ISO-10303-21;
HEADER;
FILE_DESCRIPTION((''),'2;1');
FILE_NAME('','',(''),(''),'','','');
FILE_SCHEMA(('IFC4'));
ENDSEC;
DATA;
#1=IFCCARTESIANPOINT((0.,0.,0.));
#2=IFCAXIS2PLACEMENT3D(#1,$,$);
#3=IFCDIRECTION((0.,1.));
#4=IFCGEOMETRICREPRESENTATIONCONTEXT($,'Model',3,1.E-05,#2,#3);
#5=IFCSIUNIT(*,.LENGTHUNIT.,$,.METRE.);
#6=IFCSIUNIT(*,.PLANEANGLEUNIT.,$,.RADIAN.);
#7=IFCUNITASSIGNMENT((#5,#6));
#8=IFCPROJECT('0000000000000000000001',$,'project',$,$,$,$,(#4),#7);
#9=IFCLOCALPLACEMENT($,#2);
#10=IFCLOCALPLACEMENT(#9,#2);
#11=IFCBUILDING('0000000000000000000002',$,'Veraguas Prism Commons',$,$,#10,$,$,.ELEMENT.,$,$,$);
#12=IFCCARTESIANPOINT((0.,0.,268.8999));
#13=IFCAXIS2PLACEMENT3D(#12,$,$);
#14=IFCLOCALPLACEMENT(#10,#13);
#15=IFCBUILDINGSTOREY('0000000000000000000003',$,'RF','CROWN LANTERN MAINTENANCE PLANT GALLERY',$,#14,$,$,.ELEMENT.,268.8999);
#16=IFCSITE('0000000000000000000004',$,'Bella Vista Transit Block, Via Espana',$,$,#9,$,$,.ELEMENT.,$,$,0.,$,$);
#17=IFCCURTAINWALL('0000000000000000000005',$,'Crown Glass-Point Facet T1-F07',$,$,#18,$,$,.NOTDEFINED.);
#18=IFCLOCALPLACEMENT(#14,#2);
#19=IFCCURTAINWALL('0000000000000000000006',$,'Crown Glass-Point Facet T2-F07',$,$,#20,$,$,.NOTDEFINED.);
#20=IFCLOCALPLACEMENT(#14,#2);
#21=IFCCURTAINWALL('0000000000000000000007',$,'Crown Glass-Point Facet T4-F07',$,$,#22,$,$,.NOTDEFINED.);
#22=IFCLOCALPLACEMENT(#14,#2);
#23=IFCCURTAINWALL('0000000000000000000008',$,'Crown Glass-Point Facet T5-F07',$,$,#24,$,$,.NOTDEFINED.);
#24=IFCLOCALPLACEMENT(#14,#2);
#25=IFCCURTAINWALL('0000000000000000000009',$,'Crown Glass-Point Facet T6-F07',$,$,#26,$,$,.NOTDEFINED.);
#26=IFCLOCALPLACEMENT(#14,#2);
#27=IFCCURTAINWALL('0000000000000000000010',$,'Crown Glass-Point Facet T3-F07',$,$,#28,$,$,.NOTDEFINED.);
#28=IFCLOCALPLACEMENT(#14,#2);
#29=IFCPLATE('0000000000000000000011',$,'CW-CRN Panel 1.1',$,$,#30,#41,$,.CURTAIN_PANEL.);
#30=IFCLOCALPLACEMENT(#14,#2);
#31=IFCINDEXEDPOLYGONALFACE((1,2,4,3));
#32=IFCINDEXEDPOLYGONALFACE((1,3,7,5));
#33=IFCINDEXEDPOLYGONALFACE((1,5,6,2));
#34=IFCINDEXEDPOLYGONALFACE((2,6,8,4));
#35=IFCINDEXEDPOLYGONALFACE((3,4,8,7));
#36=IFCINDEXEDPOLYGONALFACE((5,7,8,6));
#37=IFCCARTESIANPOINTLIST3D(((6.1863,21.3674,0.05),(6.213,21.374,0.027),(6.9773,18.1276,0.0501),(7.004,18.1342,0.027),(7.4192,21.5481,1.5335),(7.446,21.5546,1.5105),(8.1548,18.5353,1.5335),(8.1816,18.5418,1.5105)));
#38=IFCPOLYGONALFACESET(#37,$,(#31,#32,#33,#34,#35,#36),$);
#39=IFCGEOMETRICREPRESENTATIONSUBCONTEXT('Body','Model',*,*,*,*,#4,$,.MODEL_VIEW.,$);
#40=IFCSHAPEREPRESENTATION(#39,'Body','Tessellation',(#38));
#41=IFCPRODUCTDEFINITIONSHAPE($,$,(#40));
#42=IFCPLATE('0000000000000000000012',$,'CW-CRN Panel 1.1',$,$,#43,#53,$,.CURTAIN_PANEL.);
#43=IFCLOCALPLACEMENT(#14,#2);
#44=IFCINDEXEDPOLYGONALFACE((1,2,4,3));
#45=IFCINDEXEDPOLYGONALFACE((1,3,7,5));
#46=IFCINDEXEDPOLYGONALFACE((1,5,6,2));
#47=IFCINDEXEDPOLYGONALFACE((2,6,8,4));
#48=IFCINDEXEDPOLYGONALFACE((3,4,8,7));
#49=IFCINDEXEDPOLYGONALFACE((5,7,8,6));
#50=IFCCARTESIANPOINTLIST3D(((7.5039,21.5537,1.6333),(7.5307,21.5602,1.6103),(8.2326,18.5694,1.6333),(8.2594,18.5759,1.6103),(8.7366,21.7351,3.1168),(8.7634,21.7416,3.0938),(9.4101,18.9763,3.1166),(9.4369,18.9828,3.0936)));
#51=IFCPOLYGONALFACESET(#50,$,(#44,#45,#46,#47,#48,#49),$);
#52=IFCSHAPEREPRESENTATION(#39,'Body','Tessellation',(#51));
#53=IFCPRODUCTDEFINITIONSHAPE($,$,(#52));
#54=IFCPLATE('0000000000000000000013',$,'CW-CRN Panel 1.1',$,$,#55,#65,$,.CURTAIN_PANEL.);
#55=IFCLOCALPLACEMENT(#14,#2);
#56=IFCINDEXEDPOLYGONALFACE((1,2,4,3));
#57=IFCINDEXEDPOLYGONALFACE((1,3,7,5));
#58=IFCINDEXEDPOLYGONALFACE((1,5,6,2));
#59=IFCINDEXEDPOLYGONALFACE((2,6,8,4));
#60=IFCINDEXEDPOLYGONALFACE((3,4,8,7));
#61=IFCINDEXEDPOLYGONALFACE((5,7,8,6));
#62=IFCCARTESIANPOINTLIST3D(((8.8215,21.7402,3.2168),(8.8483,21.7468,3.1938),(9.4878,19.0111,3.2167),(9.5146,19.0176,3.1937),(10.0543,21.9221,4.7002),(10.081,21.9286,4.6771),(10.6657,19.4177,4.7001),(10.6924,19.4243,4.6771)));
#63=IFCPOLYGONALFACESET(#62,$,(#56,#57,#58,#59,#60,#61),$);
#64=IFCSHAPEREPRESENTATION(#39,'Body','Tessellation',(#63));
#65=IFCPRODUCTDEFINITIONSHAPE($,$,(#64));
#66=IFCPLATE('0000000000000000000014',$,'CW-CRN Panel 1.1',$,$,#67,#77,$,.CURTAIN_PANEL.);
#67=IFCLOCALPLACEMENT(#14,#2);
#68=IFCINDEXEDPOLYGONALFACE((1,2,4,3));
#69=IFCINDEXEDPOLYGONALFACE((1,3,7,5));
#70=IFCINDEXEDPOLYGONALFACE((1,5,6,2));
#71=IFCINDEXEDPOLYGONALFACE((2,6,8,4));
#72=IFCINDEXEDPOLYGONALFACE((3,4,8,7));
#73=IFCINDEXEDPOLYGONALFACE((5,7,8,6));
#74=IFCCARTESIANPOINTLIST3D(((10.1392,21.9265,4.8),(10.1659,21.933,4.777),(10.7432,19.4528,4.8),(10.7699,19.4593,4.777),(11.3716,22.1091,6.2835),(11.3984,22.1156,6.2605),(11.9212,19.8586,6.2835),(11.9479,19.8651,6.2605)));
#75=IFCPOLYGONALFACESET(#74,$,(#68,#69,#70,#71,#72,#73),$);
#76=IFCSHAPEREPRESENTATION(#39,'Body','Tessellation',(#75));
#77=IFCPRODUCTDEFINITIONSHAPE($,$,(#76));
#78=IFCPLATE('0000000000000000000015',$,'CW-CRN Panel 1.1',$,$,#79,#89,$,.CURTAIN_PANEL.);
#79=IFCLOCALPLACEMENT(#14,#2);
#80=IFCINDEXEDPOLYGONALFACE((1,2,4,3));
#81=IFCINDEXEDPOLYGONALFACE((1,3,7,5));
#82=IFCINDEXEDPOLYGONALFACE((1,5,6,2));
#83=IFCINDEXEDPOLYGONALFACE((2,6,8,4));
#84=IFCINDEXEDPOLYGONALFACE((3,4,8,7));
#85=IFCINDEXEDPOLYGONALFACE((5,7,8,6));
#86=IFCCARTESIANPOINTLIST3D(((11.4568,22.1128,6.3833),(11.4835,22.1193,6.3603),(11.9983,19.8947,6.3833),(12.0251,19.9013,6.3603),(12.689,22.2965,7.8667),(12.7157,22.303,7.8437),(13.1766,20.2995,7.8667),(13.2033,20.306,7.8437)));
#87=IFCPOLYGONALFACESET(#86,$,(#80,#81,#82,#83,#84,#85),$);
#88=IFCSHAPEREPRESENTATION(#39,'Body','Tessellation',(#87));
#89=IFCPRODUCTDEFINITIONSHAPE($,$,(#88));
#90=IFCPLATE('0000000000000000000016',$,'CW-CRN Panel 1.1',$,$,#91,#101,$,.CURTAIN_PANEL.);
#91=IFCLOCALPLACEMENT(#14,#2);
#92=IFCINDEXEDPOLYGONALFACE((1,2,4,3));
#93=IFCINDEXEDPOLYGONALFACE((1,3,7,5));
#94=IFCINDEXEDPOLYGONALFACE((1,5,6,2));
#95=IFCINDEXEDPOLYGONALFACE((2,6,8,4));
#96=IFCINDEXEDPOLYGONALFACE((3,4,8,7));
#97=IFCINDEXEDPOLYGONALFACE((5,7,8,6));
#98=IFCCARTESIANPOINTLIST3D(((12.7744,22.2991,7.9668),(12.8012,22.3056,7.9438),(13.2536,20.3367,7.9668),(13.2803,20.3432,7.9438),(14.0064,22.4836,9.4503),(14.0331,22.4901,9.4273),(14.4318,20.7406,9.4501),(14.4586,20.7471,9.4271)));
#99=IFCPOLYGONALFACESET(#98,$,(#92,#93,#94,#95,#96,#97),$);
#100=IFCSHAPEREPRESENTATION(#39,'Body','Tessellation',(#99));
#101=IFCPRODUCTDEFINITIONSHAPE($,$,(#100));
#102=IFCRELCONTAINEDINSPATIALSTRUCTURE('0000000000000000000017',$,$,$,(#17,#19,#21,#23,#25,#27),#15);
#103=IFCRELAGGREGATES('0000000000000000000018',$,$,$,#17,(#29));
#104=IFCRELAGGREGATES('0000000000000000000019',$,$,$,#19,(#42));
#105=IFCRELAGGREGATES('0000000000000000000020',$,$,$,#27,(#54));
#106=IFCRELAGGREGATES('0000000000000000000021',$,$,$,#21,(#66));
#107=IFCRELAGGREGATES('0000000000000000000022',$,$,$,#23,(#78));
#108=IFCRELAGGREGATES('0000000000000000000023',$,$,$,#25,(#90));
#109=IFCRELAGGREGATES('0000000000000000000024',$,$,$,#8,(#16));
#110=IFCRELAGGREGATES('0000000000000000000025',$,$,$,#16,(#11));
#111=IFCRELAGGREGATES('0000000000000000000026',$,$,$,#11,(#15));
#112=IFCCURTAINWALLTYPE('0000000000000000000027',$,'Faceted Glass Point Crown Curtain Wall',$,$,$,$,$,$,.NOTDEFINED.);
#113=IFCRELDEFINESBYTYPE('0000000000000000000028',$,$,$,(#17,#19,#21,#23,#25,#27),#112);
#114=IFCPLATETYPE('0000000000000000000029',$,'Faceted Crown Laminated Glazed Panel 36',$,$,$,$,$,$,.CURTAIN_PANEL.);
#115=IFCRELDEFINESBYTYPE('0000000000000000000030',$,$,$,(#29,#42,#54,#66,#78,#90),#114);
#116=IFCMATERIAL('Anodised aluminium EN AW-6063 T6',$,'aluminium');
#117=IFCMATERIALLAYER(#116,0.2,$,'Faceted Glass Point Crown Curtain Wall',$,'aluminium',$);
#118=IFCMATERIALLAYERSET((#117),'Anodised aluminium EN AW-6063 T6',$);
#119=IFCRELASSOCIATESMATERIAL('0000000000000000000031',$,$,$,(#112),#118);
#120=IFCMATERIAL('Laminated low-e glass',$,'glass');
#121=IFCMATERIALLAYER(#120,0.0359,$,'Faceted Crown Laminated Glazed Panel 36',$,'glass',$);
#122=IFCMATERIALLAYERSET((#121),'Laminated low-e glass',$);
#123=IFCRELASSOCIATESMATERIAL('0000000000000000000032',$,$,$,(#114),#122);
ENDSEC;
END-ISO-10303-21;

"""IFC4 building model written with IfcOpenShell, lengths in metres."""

from ifc_helpers import new_model, si_unit, direction, frame, origin, place, context, subcontext, project, spatial, polyline, outline, extrude, material, layer, layer_set, type_object, element, aggregate, save


model = new_model("IFC4")

# Units and contexts
model_context = context("Model", 3, precision=1e-05, world=origin(), true_north=direction((0.0, 1.0)))
body_context = subcontext(model_context, "Body", "Model", "MODEL_VIEW")
ifc_project = project(units=[si_unit("LENGTHUNIT", "METRE"), si_unit("PLANEANGLEUNIT", "RADIAN")], contexts=[model_context])

# Site, building, storey
site_placement = place(None, origin())
site = spatial("IfcSite", under=ifc_project, at=site_placement, Name="Bella Vista Transit Block, Via Espana", CompositionType="ELEMENT", RefElevation=0.0)
building_placement = place(site_placement, origin())
building = spatial("IfcBuilding", under=site, at=building_placement, Name="Veraguas Prism Commons", CompositionType="ELEMENT")
storey_placement = place(building_placement, frame((0.0, 0.0, 268.8999)))
storey = spatial("IfcBuildingStorey", under=building, at=storey_placement, Name="RF", Description="CROWN LANTERN MAINTENANCE PLANT GALLERY", CompositionType="ELEMENT", Elevation=268.8999)

# Curtain walls
ifc_material_1 = material(Name="Anodised aluminium EN AW-6063 T6", Category="aluminium")
ifc_layer_1 = layer(ifc_material_1, 0.2, Name="Faceted Glass Point Crown Curtain Wall", Category="aluminium")
ifc_layer_set_1 = layer_set([ifc_layer_1], Name="Anodised aluminium EN AW-6063 T6")
curtain_wall_type = type_object("IfcCurtainWallType", Name="Faceted Glass Point Crown Curtain Wall", PredefinedType="NOTDEFINED", material=ifc_layer_set_1)
curtain_wall_1_placement = place(storey_placement, origin())
curtain_wall_1 = element("IfcCurtainWall", 1, at=curtain_wall_1_placement, inside=storey, type_object=curtain_wall_type, Name="Crown Glass-Point Facet T1-F07", PredefinedType="NOTDEFINED")
curtain_wall_2_placement = place(storey_placement, origin())
curtain_wall_2 = element("IfcCurtainWall", 2, at=curtain_wall_2_placement, inside=storey, type_object=curtain_wall_type, Name="Crown Glass-Point Facet T2-F07", PredefinedType="NOTDEFINED")
curtain_wall_3_placement = place(storey_placement, origin())
curtain_wall_3 = element("IfcCurtainWall", 3, at=curtain_wall_3_placement, inside=storey, type_object=curtain_wall_type, Name="Crown Glass-Point Facet T4-F07", PredefinedType="NOTDEFINED")
curtain_wall_4_placement = place(storey_placement, origin())
curtain_wall_4 = element("IfcCurtainWall", 4, at=curtain_wall_4_placement, inside=storey, type_object=curtain_wall_type, Name="Crown Glass-Point Facet T5-F07", PredefinedType="NOTDEFINED")
curtain_wall_5_placement = place(storey_placement, origin())
curtain_wall_5 = element("IfcCurtainWall", 5, at=curtain_wall_5_placement, inside=storey, type_object=curtain_wall_type, Name="Crown Glass-Point Facet T6-F07", PredefinedType="NOTDEFINED")

# Curtain wall
curtain_wall_6_placement = place(storey_placement, origin())
curtain_wall_6 = element("IfcCurtainWall", 6, at=curtain_wall_6_placement, inside=storey, type_object=curtain_wall_type, Name="Crown Glass-Point Facet T3-F07", PredefinedType="NOTDEFINED")

# Plates
ifc_material_2 = material(Name="Laminated low-e glass", Category="glass")
ifc_layer_2 = layer(ifc_material_2, 0.0359, Name="Faceted Crown Laminated Glazed Panel 36", Category="glass")
ifc_layer_set_2 = layer_set([ifc_layer_2], Name="Laminated low-e glass")
plate_type = type_object("IfcPlateType", Name="Faceted Crown Laminated Glazed Panel 36", PredefinedType="CURTAIN_PANEL", material=ifc_layer_set_2)
plate_1_placement = place(storey_placement, frame((6.1863, 21.3674, 0.05), z_axis=(-0.745213, -0.181946, 0.641524), x_axis=(0.237188, -0.971464, 0.000003)))
plate_1 = element("IfcPlate", 7, at=plate_1_placement, type_object=plate_type, Name="CW-CRN Panel 1.1", PredefinedType="CURTAIN_PANEL", context=body_context, shape_type="SweptSolid", body=[
    extrude(outline(polyline([(0.0, 0.0), (3.335, 0.0), (3.2183, 1.9338), (0.1169, 1.9338), (0.0, 0.0)])), origin(), (0.0, 0.0, -1.0), 0.0359),
])
aggregate(curtain_wall_1, [plate_1])
plate_2_placement = place(storey_placement, frame((7.5039, 21.5537, 1.6333), z_axis=(-0.745231, -0.181968, 0.641497), x_axis=(0.237213, -0.971458, 0.000007)))
plate_2 = element("IfcPlate", 8, at=plate_2_placement, type_object=plate_type, Name="CW-CRN Panel 1.1", PredefinedType="CURTAIN_PANEL", context=body_context, shape_type="SweptSolid", body=[
    extrude(outline(polyline([(0.0, 0.0), (3.072, 0.0), (2.9561, 1.9336), (0.1162, 1.9338), (0.0, 0.0)])), origin(), (0.0, 0.0, -1.0), 0.0359),
])
aggregate(curtain_wall_2, [plate_2])
plate_3_placement = place(storey_placement, frame((8.8215, 21.7402, 3.2168), z_axis=(-0.745169, -0.181938, 0.641578), x_axis=(0.237175, -0.971467, -0.000018)))
plate_3 = element("IfcPlate", 9, at=plate_3_placement, type_object=plate_type, Name="CW-CRN Panel 1.1", PredefinedType="CURTAIN_PANEL", context=body_context, shape_type="SweptSolid", body=[
    extrude(outline(polyline([(0.0, 0.0), (2.8093, 0.0), (2.6936, 1.9338), (0.1157, 1.9338), (0.0, 0.0)])), origin(), (0.0, 0.0, -1.0), 0.0359),
])
aggregate(curtain_wall_6, [plate_3])
plate_4_placement = place(storey_placement, frame((10.1392, 21.9265, 4.8), z_axis=(-0.7452, -0.181968, 0.641533), x_axis=(0.237213, -0.971458, -0.000004)))
plate_4 = element("IfcPlate", 10, at=plate_4_placement, type_object=plate_type, Name="CW-CRN Panel 1.1", PredefinedType="CURTAIN_PANEL", context=body_context, shape_type="SweptSolid", body=[
    extrude(outline(polyline([(0.0, 0.0), (2.5464, 0.0), (2.4316, 1.9338), (0.115, 1.9338), (0.0, 0.0)])), origin(), (0.0, 0.0, -1.0), 0.0359),
])
aggregate(curtain_wall_3, [plate_4])
plate_5_placement = place(storey_placement, frame((11.4568, 22.1128, 6.3833), z_axis=(-0.745207, -0.181942, 0.641533), x_axis=(0.237179, -0.971466, -0.000005)))
plate_5 = element("IfcPlate", 11, at=plate_5_placement, type_object=plate_type, Name="CW-CRN Panel 1.1", PredefinedType="CURTAIN_PANEL", context=body_context, shape_type="SweptSolid", body=[
    extrude(outline(polyline([(0.0, 0.0), (2.2832, 0.0), (2.1694, 1.9338), (0.1138, 1.9338), (0.0, 0.0)])), origin(), (0.0, 0.0, -1.0), 0.0359),
])
aggregate(curtain_wall_4, [plate_5])
plate_6_placement = place(storey_placement, frame((12.7744, 22.2991, 7.9668), z_axis=(-0.745233, -0.181963, 0.641497), x_axis=(0.237218, -0.971456, 0.000021)))
plate_6 = element("IfcPlate", 12, at=plate_6_placement, type_object=plate_type, Name="CW-CRN Panel 1.1", PredefinedType="CURTAIN_PANEL", context=body_context, shape_type="SweptSolid", body=[
    extrude(outline(polyline([(0.0, 0.0), (2.02, 0.0), (1.9072, 1.9336), (0.113, 1.9338), (0.0, 0.0)])), origin(), (0.0, 0.0, -1.0), 0.0359),
])
aggregate(curtain_wall_5, [plate_6])

save(model, "model.ifc")
